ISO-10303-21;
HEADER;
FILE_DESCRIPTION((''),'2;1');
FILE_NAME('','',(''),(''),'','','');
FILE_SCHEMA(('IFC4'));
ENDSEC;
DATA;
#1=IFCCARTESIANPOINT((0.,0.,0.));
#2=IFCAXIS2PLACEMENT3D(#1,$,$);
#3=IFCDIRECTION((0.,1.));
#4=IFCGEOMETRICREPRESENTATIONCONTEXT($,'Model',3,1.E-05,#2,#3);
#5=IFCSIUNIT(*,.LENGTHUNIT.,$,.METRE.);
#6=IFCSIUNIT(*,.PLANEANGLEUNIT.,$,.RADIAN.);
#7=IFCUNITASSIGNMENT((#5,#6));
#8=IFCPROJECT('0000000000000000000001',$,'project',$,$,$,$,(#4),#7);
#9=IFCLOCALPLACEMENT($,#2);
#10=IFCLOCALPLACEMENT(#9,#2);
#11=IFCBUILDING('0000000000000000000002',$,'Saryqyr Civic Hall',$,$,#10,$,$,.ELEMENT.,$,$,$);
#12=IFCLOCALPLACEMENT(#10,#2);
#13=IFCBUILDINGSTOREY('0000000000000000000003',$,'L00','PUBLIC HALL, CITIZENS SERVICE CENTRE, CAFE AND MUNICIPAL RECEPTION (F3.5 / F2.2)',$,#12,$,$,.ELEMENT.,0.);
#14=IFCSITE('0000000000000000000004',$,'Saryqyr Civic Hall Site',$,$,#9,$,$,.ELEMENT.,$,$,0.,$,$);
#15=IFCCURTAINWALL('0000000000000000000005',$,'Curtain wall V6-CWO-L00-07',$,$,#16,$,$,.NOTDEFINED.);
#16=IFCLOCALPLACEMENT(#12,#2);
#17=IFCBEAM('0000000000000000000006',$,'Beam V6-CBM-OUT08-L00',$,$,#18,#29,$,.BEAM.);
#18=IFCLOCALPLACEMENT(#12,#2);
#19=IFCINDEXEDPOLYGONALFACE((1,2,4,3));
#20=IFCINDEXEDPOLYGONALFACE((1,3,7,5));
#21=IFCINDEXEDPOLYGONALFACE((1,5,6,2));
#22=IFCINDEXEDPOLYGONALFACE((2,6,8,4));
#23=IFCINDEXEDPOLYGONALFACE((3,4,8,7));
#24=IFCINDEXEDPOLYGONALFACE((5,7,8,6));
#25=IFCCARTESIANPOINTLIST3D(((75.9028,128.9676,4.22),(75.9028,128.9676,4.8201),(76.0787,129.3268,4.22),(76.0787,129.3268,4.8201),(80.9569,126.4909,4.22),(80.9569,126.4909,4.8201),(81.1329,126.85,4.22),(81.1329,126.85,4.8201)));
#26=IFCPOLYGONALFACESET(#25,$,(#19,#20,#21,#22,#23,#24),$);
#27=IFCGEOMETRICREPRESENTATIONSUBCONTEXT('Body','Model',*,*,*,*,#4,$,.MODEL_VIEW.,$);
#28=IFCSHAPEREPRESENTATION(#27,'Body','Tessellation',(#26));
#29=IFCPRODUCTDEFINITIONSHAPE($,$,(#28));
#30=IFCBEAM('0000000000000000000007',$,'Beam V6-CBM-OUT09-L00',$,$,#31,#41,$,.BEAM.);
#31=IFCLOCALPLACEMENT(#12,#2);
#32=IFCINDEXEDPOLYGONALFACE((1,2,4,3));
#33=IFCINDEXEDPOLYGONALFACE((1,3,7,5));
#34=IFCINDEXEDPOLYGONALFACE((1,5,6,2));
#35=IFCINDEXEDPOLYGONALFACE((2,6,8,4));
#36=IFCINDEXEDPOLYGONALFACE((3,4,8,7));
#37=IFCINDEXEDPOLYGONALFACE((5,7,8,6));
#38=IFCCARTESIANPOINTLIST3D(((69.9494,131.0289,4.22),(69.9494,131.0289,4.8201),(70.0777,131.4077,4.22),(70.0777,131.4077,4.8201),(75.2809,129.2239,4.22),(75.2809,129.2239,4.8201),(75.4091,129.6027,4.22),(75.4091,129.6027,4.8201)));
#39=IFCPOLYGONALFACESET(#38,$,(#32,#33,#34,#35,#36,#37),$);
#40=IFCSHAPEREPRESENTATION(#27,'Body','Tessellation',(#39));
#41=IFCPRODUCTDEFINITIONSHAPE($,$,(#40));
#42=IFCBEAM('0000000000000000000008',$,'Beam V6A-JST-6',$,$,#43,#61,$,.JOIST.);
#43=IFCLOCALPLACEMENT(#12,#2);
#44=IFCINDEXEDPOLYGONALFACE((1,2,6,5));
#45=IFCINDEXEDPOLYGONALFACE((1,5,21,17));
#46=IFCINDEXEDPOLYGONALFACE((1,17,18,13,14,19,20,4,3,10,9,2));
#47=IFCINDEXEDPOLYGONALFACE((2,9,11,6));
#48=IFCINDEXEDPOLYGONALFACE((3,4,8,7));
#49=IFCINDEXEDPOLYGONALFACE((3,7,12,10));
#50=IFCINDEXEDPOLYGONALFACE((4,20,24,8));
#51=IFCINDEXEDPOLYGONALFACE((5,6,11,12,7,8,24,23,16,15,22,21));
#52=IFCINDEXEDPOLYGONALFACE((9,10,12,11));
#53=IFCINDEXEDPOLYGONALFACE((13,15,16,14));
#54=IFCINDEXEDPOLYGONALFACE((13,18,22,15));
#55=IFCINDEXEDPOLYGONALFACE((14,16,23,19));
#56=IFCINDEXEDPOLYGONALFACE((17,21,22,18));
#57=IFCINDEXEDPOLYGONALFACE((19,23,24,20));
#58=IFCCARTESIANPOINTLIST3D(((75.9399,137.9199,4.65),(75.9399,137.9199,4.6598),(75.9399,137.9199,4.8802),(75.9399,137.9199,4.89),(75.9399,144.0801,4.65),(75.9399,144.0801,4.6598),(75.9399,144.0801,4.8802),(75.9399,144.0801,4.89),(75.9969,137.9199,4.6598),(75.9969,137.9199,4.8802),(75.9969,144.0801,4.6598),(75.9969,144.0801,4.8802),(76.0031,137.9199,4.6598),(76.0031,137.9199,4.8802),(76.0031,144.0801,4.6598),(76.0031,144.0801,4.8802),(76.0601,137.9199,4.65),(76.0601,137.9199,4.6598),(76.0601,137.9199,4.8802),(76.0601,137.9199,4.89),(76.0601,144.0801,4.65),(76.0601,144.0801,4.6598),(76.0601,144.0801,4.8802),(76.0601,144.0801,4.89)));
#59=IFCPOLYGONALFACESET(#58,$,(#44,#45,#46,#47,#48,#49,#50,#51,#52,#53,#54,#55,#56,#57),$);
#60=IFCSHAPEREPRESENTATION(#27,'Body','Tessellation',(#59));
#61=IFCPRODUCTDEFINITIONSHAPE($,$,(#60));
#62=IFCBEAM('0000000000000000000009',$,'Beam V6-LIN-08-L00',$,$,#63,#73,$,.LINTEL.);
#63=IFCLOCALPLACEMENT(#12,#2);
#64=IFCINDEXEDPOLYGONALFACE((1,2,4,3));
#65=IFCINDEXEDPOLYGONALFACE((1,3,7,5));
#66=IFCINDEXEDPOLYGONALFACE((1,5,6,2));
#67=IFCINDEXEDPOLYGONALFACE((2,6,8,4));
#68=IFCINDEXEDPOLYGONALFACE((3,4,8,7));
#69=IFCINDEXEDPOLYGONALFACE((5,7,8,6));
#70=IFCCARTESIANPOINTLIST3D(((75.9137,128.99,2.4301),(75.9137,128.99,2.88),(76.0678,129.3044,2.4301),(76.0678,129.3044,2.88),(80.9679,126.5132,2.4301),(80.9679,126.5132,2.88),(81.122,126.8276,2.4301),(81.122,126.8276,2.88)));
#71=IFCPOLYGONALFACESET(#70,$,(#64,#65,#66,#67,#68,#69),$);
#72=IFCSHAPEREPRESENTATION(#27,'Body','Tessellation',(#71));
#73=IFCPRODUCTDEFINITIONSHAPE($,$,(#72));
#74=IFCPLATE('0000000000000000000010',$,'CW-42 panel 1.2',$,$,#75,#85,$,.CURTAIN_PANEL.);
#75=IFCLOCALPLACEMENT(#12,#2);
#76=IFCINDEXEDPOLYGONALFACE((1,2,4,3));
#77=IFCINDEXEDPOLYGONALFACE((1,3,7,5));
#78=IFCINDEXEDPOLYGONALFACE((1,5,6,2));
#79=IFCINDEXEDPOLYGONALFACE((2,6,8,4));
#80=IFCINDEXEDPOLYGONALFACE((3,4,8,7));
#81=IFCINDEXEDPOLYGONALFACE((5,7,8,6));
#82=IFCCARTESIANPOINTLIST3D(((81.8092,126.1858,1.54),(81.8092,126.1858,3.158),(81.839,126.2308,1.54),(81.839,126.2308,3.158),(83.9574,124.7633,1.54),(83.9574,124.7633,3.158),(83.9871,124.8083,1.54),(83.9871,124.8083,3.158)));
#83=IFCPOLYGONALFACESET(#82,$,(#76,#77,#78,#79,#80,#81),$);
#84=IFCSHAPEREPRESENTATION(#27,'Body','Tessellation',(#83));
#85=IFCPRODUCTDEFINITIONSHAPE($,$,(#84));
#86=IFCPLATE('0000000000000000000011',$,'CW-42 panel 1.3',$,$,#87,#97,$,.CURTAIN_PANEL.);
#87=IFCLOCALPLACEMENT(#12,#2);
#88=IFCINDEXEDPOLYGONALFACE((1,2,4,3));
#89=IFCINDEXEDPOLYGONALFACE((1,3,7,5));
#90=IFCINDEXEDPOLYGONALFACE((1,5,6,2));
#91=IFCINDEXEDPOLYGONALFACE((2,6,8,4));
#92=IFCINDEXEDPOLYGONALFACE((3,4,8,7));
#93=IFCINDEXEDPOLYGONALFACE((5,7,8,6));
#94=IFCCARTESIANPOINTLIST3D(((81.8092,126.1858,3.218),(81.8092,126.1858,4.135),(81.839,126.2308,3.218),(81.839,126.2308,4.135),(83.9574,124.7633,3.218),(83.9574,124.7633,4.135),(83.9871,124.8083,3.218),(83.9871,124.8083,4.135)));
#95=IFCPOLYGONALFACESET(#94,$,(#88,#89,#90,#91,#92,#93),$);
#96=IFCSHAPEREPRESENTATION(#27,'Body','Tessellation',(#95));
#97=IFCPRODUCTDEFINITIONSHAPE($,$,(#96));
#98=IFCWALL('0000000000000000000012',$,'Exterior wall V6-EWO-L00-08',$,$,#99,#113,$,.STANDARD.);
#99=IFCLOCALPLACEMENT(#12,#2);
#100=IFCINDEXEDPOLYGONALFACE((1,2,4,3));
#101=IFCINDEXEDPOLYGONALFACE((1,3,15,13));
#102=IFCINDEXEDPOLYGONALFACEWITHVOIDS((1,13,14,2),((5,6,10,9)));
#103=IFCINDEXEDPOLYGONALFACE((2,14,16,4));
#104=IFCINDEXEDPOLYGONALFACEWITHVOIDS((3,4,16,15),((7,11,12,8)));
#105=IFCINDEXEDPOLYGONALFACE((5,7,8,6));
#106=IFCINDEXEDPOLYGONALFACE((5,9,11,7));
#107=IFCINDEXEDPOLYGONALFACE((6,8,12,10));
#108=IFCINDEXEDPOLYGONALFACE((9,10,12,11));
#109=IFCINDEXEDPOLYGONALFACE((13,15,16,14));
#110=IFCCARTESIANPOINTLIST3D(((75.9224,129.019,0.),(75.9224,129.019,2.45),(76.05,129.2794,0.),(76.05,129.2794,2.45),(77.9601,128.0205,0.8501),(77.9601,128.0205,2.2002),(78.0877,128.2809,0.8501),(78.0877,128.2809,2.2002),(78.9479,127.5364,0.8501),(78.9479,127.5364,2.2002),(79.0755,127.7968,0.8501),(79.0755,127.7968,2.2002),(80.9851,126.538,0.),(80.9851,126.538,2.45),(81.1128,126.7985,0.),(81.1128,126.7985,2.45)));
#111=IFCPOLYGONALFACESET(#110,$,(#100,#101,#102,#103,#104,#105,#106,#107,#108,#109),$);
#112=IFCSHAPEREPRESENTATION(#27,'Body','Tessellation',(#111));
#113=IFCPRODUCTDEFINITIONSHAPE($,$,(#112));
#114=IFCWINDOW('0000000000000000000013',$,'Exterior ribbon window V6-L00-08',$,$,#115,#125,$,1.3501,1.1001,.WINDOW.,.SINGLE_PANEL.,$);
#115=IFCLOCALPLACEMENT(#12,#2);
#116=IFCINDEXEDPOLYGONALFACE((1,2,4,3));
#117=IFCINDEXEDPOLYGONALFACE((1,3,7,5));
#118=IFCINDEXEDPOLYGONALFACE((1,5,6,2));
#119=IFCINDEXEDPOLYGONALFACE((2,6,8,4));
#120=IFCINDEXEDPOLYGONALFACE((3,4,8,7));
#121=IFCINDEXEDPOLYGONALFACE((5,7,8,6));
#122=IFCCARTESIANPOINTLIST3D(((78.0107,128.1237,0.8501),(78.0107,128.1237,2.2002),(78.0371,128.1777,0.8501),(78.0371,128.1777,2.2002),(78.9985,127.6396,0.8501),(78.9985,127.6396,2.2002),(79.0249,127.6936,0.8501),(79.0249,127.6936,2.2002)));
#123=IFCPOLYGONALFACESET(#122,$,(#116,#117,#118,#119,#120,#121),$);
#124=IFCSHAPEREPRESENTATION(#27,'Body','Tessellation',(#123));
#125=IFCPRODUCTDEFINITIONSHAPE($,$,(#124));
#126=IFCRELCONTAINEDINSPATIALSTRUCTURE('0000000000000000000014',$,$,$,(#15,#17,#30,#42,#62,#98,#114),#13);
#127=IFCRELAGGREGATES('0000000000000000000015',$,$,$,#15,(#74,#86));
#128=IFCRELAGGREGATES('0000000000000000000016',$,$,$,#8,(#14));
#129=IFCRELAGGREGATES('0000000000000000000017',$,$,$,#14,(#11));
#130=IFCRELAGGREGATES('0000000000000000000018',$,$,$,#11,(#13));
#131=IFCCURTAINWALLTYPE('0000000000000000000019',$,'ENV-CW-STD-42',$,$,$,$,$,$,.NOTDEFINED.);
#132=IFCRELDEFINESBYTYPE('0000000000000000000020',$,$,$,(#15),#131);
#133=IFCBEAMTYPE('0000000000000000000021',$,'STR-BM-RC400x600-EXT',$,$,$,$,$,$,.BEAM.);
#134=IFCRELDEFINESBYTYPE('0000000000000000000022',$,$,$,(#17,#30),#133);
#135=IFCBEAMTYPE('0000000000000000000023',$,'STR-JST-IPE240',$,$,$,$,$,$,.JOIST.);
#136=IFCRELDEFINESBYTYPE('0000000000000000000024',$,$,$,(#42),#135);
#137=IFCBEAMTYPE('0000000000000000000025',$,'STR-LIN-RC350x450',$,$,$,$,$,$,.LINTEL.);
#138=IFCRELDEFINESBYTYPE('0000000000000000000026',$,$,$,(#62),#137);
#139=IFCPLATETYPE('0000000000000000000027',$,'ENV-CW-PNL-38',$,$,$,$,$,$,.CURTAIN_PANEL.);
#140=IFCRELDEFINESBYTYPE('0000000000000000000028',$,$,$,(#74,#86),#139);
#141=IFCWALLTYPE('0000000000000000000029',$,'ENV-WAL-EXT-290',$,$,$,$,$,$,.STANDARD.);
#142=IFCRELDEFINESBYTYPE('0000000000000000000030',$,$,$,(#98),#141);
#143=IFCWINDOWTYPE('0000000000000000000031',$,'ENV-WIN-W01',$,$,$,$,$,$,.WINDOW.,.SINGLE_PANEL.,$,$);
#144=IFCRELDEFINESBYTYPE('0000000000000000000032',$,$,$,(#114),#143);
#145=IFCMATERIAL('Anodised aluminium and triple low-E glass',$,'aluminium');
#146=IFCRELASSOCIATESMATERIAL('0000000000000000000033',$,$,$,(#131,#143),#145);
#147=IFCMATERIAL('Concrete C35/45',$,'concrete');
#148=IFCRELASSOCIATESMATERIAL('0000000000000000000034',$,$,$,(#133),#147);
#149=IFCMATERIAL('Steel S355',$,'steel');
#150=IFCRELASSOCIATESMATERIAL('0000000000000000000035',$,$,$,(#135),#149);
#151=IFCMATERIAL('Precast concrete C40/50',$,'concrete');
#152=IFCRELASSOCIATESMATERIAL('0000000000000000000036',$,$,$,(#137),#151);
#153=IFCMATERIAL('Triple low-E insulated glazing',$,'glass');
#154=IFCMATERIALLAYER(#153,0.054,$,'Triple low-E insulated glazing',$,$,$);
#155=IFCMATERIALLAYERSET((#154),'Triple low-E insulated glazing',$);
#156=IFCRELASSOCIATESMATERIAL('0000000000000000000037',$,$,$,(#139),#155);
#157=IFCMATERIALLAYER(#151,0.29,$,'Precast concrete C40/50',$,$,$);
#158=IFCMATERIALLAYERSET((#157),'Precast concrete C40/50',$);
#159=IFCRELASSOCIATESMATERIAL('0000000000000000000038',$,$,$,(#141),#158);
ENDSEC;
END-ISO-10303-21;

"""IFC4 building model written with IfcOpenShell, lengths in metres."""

from ifc_helpers import new_model, si_unit, direction, frame, frame_2d, origin, origin_2d, place, context, subcontext, project, spatial, rectangle, i_section, extrude, material, layer, layer_set, material_profile, profile_set, type_object, element, fill, aggregate, save


model = new_model("IFC4")

# Units and contexts
model_context = context("Model", 3, precision=1e-05, world=origin(), true_north=direction((0.0, 1.0)))
body_context = subcontext(model_context, "Body", "Model", "MODEL_VIEW")
ifc_project = project(units=[si_unit("LENGTHUNIT", "METRE"), si_unit("PLANEANGLEUNIT", "RADIAN")], contexts=[model_context])

# Site, building, storey
site_placement = place(None, origin())
site = spatial("IfcSite", under=ifc_project, at=site_placement, Name="Saryqyr Civic Hall Site", CompositionType="ELEMENT", RefElevation=0.0)
building_placement = place(site_placement, origin())
building = spatial("IfcBuilding", under=site, at=building_placement, Name="Saryqyr Civic Hall", CompositionType="ELEMENT")
storey_placement = place(building_placement, origin())
storey = spatial("IfcBuildingStorey", under=building, at=storey_placement, Name="L00", Description="PUBLIC HALL, CITIZENS SERVICE CENTRE, CAFE AND MUNICIPAL RECEPTION (F3.5 / F2.2)", CompositionType="ELEMENT", Elevation=0.0)

# Shared definitions
ifc_material_1 = material(Name="Steel S355", Category="steel")

# Curtain wall
ifc_material_2 = material(Name="Anodised aluminium and triple low-E glass", Category="aluminium")
curtain_wall_type_1 = type_object("IfcCurtainWallType", Name="ENV-CW-STD-42", PredefinedType="NOTDEFINED", material=ifc_material_2)
curtain_wall_1_placement = place(storey_placement, origin())
curtain_wall_1 = element("IfcCurtainWall", 1, at=curtain_wall_1_placement, inside=storey, type_object=curtain_wall_type_1, Name="Curtain wall V6-CWO-L00-07", PredefinedType="NOTDEFINED")

# Beams
ifc_material_3 = material(Name="Concrete C35/45", Category="concrete")
ifc_material_profile_1 = material_profile(ifc_material_3, rectangle(XDim=0.3999, YDim=0.6001, at=origin_2d()), Name="RC 400x600")
ifc_profile_set_1 = profile_set([ifc_material_profile_1], Name="Concrete C35/45")
beam_type_1 = type_object("IfcBeamType", Name="STR-BM-RC400x600-EXT", PredefinedType="BEAM", material=ifc_profile_set_1)
beam_1_placement = place(storey_placement, frame((81.0449, 126.6704, 4.52), z_axis=(-0.897973, 0.440051, 0.0), x_axis=(-0.440051, -0.897973, 0.0)))
element("IfcBeam", 2, at=beam_1_placement, inside=storey, type_object=beam_type_1, Name="Beam V6-CBM-OUT08-L00", PredefinedType="BEAM", context=body_context, shape_type="SweptSolid", body=[
    extrude(rectangle(XDim=0.3999, YDim=0.6001, at=origin_2d()), origin(), (0.0, 0.0, 1.0), 5.6284),
])
beam_2_placement = place(storey_placement, frame((75.345, 129.4133, 4.52), z_axis=(-0.947189, 0.320675, 0.0), x_axis=(-0.320675, -0.947189, 0.0)))
element("IfcBeam", 3, at=beam_2_placement, inside=storey, type_object=beam_type_1, Name="Beam V6-CBM-OUT09-L00", PredefinedType="BEAM", context=body_context, shape_type="SweptSolid", body=[
    extrude(rectangle(XDim=0.3999, YDim=0.6001, at=origin_2d()), origin(), (0.0, 0.0, 1.0), 5.6287),
])
ifc_material_profile_2 = material_profile(ifc_material_1, i_section(OverallWidth=0.1201, OverallDepth=0.24, WebThickness=0.0061, FlangeThickness=0.0098, at=origin_2d()), Name="IPE 240")
ifc_profile_set_2 = profile_set([ifc_material_profile_2], Name="Steel S355")
beam_type_2 = type_object("IfcBeamType", Name="STR-JST-IPE240", PredefinedType="JOIST", material=ifc_profile_set_2)
beam_3_placement = place(storey_placement, frame((76.0, 137.9199, 4.77), z_axis=(0.0, 1.0, 0.0), x_axis=(-1.0, 0.0, 0.0)))
element("IfcBeam", 4, at=beam_3_placement, inside=storey, type_object=beam_type_2, Name="Beam V6A-JST-6", PredefinedType="JOIST", context=body_context, shape_type="SweptSolid", body=[
    extrude(i_section(OverallWidth=0.1201, OverallDepth=0.24, WebThickness=0.0061, FlangeThickness=0.0098, at=origin_2d()), origin(), (0.0, 0.0, 1.0), 6.1602),
])
ifc_material_4 = material(Name="Precast concrete C40/50", Category="concrete")
ifc_material_profile_3 = material_profile(ifc_material_4, rectangle(XDim=0.3501, YDim=0.45, at=origin_2d()), Name="RC 350x450")
ifc_profile_set_3 = profile_set([ifc_material_profile_3], Name="Precast concrete C40/50")
beam_type_3 = type_object("IfcBeamType", Name="STR-LIN-RC350x450", PredefinedType="LINTEL", material=ifc_profile_set_3)
beam_4_placement = place(storey_placement, frame((81.0449, 126.6704, 2.655), z_axis=(-0.897973, 0.440051, 0.0), x_axis=(-0.440051, -0.897973, 0.0)))
element("IfcBeam", 5, at=beam_4_placement, inside=storey, type_object=beam_type_3, Name="Beam V6-LIN-08-L00", PredefinedType="LINTEL", context=body_context, shape_type="SweptSolid", body=[
    extrude(rectangle(XDim=0.3501, YDim=0.45, at=origin_2d()), origin(), (0.0, 0.0, 1.0), 5.6284),
])

# Plates
ifc_material_5 = material(Name="Triple low-E insulated glazing", Category="glass")
ifc_layer_1 = layer(ifc_material_5, 0.054, Name="Triple low-E insulated glazing")
ifc_layer_set_1 = layer_set([ifc_layer_1], Name="Triple low-E insulated glazing")
plate_type = type_object("IfcPlateType", Name="ENV-CW-PNL-38", PredefinedType="CURTAIN_PANEL", material=ifc_layer_set_1)
plate_1_placement = place(storey_placement, frame((82.8982, 125.4971, 1.54), z_axis=(0.0, 0.0, 1.0), x_axis=(0.833763, -0.552123, 0.0)))
plate_1 = element("IfcPlate", 6, at=plate_1_placement, type_object=plate_type, Name="CW-42 panel 1.2", PredefinedType="CURTAIN_PANEL", context=body_context, shape_type="SweptSolid", body=[
    extrude(rectangle(XDim=2.5764, YDim=0.054, at=origin_2d()), origin(), (0.0, 0.0, 1.0), 1.6179),
])
plate_2_placement = place(storey_placement, frame((82.8982, 125.4971, 3.218), z_axis=(0.0, 0.0, 1.0), x_axis=(0.833763, -0.552123, 0.0)))
plate_2 = element("IfcPlate", 7, at=plate_2_placement, type_object=plate_type, Name="CW-42 panel 1.3", PredefinedType="CURTAIN_PANEL", context=body_context, shape_type="SweptSolid", body=[
    extrude(rectangle(XDim=2.5764, YDim=0.054, at=origin_2d()), origin(), (0.0, 0.0, 1.0), 0.917),
])
aggregate(curtain_wall_1, [plate_1, plate_2])

# Wall, opening, window
ifc_layer_2 = layer(ifc_material_4, 0.29, Name="Precast concrete C40/50")
ifc_layer_set_2 = layer_set([ifc_layer_2], Name="Precast concrete C40/50")
wall_type = type_object("IfcWallType", Name="ENV-WAL-EXT-290", PredefinedType="STANDARD", material=ifc_layer_set_2)
wall_placement = place(storey_placement, frame((75.9863, 129.1492, 0.0), z_axis=(0.0, 0.0, 1.0), x_axis=(0.897975, -0.440046, 0.0)))
wall = element("IfcWall", 8, at=wall_placement, inside=storey, type_object=wall_type, Name="Exterior wall V6-EWO-L00-08", PredefinedType="STANDARD", context=body_context, shape_type="SweptSolid", body=[
    extrude(rectangle(XDim=5.6379, YDim=0.29, at=frame_2d((2.8188, 0.0))), origin(), (0.0, 0.0, 1.0), 2.45),
])
opening_placement = place(wall_placement, frame((2.269, 0.0, 0.8501)))
opening = element("IfcOpeningElement", 9, at=opening_placement, cuts=wall, PredefinedType="OPENING", context=body_context, shape_type="SweptSolid", body=[
    extrude(rectangle(XDim=1.1001, YDim=1.3501, at=frame_2d((0.55, 0.675))), frame((0.0, 0.155, 0.0), z_axis=(0.0, -1.0, 0.0), x_axis=(1.0, 0.0, 0.0)), (0.0, 0.0, 1.0), 0.3101),
])
window_type = type_object("IfcWindowType", Name="ENV-WIN-W01", PartitioningType="SINGLE_PANEL", PredefinedType="WINDOW", material=ifc_material_2)
window_placement = place(opening_placement, origin())
window = element("IfcWindow", 10, at=window_placement, inside=storey, type_object=window_type, Name="Exterior ribbon window V6-L00-08", OverallHeight=1.3501, OverallWidth=1.1001, PartitioningType="SINGLE_PANEL", PredefinedType="WINDOW", context=body_context, shape_type="SweptSolid", body=[
    extrude(rectangle(XDim=1.1001, YDim=1.3501, at=frame_2d((0.55, 0.675))), frame((0.0, 0.03, 0.0), z_axis=(0.0, -1.0, 0.0), x_axis=(1.0, 0.0, 0.0)), (0.0, 0.0, 1.0), 0.0601),
])
fill(opening, window)

save(model, "model.ifc")
